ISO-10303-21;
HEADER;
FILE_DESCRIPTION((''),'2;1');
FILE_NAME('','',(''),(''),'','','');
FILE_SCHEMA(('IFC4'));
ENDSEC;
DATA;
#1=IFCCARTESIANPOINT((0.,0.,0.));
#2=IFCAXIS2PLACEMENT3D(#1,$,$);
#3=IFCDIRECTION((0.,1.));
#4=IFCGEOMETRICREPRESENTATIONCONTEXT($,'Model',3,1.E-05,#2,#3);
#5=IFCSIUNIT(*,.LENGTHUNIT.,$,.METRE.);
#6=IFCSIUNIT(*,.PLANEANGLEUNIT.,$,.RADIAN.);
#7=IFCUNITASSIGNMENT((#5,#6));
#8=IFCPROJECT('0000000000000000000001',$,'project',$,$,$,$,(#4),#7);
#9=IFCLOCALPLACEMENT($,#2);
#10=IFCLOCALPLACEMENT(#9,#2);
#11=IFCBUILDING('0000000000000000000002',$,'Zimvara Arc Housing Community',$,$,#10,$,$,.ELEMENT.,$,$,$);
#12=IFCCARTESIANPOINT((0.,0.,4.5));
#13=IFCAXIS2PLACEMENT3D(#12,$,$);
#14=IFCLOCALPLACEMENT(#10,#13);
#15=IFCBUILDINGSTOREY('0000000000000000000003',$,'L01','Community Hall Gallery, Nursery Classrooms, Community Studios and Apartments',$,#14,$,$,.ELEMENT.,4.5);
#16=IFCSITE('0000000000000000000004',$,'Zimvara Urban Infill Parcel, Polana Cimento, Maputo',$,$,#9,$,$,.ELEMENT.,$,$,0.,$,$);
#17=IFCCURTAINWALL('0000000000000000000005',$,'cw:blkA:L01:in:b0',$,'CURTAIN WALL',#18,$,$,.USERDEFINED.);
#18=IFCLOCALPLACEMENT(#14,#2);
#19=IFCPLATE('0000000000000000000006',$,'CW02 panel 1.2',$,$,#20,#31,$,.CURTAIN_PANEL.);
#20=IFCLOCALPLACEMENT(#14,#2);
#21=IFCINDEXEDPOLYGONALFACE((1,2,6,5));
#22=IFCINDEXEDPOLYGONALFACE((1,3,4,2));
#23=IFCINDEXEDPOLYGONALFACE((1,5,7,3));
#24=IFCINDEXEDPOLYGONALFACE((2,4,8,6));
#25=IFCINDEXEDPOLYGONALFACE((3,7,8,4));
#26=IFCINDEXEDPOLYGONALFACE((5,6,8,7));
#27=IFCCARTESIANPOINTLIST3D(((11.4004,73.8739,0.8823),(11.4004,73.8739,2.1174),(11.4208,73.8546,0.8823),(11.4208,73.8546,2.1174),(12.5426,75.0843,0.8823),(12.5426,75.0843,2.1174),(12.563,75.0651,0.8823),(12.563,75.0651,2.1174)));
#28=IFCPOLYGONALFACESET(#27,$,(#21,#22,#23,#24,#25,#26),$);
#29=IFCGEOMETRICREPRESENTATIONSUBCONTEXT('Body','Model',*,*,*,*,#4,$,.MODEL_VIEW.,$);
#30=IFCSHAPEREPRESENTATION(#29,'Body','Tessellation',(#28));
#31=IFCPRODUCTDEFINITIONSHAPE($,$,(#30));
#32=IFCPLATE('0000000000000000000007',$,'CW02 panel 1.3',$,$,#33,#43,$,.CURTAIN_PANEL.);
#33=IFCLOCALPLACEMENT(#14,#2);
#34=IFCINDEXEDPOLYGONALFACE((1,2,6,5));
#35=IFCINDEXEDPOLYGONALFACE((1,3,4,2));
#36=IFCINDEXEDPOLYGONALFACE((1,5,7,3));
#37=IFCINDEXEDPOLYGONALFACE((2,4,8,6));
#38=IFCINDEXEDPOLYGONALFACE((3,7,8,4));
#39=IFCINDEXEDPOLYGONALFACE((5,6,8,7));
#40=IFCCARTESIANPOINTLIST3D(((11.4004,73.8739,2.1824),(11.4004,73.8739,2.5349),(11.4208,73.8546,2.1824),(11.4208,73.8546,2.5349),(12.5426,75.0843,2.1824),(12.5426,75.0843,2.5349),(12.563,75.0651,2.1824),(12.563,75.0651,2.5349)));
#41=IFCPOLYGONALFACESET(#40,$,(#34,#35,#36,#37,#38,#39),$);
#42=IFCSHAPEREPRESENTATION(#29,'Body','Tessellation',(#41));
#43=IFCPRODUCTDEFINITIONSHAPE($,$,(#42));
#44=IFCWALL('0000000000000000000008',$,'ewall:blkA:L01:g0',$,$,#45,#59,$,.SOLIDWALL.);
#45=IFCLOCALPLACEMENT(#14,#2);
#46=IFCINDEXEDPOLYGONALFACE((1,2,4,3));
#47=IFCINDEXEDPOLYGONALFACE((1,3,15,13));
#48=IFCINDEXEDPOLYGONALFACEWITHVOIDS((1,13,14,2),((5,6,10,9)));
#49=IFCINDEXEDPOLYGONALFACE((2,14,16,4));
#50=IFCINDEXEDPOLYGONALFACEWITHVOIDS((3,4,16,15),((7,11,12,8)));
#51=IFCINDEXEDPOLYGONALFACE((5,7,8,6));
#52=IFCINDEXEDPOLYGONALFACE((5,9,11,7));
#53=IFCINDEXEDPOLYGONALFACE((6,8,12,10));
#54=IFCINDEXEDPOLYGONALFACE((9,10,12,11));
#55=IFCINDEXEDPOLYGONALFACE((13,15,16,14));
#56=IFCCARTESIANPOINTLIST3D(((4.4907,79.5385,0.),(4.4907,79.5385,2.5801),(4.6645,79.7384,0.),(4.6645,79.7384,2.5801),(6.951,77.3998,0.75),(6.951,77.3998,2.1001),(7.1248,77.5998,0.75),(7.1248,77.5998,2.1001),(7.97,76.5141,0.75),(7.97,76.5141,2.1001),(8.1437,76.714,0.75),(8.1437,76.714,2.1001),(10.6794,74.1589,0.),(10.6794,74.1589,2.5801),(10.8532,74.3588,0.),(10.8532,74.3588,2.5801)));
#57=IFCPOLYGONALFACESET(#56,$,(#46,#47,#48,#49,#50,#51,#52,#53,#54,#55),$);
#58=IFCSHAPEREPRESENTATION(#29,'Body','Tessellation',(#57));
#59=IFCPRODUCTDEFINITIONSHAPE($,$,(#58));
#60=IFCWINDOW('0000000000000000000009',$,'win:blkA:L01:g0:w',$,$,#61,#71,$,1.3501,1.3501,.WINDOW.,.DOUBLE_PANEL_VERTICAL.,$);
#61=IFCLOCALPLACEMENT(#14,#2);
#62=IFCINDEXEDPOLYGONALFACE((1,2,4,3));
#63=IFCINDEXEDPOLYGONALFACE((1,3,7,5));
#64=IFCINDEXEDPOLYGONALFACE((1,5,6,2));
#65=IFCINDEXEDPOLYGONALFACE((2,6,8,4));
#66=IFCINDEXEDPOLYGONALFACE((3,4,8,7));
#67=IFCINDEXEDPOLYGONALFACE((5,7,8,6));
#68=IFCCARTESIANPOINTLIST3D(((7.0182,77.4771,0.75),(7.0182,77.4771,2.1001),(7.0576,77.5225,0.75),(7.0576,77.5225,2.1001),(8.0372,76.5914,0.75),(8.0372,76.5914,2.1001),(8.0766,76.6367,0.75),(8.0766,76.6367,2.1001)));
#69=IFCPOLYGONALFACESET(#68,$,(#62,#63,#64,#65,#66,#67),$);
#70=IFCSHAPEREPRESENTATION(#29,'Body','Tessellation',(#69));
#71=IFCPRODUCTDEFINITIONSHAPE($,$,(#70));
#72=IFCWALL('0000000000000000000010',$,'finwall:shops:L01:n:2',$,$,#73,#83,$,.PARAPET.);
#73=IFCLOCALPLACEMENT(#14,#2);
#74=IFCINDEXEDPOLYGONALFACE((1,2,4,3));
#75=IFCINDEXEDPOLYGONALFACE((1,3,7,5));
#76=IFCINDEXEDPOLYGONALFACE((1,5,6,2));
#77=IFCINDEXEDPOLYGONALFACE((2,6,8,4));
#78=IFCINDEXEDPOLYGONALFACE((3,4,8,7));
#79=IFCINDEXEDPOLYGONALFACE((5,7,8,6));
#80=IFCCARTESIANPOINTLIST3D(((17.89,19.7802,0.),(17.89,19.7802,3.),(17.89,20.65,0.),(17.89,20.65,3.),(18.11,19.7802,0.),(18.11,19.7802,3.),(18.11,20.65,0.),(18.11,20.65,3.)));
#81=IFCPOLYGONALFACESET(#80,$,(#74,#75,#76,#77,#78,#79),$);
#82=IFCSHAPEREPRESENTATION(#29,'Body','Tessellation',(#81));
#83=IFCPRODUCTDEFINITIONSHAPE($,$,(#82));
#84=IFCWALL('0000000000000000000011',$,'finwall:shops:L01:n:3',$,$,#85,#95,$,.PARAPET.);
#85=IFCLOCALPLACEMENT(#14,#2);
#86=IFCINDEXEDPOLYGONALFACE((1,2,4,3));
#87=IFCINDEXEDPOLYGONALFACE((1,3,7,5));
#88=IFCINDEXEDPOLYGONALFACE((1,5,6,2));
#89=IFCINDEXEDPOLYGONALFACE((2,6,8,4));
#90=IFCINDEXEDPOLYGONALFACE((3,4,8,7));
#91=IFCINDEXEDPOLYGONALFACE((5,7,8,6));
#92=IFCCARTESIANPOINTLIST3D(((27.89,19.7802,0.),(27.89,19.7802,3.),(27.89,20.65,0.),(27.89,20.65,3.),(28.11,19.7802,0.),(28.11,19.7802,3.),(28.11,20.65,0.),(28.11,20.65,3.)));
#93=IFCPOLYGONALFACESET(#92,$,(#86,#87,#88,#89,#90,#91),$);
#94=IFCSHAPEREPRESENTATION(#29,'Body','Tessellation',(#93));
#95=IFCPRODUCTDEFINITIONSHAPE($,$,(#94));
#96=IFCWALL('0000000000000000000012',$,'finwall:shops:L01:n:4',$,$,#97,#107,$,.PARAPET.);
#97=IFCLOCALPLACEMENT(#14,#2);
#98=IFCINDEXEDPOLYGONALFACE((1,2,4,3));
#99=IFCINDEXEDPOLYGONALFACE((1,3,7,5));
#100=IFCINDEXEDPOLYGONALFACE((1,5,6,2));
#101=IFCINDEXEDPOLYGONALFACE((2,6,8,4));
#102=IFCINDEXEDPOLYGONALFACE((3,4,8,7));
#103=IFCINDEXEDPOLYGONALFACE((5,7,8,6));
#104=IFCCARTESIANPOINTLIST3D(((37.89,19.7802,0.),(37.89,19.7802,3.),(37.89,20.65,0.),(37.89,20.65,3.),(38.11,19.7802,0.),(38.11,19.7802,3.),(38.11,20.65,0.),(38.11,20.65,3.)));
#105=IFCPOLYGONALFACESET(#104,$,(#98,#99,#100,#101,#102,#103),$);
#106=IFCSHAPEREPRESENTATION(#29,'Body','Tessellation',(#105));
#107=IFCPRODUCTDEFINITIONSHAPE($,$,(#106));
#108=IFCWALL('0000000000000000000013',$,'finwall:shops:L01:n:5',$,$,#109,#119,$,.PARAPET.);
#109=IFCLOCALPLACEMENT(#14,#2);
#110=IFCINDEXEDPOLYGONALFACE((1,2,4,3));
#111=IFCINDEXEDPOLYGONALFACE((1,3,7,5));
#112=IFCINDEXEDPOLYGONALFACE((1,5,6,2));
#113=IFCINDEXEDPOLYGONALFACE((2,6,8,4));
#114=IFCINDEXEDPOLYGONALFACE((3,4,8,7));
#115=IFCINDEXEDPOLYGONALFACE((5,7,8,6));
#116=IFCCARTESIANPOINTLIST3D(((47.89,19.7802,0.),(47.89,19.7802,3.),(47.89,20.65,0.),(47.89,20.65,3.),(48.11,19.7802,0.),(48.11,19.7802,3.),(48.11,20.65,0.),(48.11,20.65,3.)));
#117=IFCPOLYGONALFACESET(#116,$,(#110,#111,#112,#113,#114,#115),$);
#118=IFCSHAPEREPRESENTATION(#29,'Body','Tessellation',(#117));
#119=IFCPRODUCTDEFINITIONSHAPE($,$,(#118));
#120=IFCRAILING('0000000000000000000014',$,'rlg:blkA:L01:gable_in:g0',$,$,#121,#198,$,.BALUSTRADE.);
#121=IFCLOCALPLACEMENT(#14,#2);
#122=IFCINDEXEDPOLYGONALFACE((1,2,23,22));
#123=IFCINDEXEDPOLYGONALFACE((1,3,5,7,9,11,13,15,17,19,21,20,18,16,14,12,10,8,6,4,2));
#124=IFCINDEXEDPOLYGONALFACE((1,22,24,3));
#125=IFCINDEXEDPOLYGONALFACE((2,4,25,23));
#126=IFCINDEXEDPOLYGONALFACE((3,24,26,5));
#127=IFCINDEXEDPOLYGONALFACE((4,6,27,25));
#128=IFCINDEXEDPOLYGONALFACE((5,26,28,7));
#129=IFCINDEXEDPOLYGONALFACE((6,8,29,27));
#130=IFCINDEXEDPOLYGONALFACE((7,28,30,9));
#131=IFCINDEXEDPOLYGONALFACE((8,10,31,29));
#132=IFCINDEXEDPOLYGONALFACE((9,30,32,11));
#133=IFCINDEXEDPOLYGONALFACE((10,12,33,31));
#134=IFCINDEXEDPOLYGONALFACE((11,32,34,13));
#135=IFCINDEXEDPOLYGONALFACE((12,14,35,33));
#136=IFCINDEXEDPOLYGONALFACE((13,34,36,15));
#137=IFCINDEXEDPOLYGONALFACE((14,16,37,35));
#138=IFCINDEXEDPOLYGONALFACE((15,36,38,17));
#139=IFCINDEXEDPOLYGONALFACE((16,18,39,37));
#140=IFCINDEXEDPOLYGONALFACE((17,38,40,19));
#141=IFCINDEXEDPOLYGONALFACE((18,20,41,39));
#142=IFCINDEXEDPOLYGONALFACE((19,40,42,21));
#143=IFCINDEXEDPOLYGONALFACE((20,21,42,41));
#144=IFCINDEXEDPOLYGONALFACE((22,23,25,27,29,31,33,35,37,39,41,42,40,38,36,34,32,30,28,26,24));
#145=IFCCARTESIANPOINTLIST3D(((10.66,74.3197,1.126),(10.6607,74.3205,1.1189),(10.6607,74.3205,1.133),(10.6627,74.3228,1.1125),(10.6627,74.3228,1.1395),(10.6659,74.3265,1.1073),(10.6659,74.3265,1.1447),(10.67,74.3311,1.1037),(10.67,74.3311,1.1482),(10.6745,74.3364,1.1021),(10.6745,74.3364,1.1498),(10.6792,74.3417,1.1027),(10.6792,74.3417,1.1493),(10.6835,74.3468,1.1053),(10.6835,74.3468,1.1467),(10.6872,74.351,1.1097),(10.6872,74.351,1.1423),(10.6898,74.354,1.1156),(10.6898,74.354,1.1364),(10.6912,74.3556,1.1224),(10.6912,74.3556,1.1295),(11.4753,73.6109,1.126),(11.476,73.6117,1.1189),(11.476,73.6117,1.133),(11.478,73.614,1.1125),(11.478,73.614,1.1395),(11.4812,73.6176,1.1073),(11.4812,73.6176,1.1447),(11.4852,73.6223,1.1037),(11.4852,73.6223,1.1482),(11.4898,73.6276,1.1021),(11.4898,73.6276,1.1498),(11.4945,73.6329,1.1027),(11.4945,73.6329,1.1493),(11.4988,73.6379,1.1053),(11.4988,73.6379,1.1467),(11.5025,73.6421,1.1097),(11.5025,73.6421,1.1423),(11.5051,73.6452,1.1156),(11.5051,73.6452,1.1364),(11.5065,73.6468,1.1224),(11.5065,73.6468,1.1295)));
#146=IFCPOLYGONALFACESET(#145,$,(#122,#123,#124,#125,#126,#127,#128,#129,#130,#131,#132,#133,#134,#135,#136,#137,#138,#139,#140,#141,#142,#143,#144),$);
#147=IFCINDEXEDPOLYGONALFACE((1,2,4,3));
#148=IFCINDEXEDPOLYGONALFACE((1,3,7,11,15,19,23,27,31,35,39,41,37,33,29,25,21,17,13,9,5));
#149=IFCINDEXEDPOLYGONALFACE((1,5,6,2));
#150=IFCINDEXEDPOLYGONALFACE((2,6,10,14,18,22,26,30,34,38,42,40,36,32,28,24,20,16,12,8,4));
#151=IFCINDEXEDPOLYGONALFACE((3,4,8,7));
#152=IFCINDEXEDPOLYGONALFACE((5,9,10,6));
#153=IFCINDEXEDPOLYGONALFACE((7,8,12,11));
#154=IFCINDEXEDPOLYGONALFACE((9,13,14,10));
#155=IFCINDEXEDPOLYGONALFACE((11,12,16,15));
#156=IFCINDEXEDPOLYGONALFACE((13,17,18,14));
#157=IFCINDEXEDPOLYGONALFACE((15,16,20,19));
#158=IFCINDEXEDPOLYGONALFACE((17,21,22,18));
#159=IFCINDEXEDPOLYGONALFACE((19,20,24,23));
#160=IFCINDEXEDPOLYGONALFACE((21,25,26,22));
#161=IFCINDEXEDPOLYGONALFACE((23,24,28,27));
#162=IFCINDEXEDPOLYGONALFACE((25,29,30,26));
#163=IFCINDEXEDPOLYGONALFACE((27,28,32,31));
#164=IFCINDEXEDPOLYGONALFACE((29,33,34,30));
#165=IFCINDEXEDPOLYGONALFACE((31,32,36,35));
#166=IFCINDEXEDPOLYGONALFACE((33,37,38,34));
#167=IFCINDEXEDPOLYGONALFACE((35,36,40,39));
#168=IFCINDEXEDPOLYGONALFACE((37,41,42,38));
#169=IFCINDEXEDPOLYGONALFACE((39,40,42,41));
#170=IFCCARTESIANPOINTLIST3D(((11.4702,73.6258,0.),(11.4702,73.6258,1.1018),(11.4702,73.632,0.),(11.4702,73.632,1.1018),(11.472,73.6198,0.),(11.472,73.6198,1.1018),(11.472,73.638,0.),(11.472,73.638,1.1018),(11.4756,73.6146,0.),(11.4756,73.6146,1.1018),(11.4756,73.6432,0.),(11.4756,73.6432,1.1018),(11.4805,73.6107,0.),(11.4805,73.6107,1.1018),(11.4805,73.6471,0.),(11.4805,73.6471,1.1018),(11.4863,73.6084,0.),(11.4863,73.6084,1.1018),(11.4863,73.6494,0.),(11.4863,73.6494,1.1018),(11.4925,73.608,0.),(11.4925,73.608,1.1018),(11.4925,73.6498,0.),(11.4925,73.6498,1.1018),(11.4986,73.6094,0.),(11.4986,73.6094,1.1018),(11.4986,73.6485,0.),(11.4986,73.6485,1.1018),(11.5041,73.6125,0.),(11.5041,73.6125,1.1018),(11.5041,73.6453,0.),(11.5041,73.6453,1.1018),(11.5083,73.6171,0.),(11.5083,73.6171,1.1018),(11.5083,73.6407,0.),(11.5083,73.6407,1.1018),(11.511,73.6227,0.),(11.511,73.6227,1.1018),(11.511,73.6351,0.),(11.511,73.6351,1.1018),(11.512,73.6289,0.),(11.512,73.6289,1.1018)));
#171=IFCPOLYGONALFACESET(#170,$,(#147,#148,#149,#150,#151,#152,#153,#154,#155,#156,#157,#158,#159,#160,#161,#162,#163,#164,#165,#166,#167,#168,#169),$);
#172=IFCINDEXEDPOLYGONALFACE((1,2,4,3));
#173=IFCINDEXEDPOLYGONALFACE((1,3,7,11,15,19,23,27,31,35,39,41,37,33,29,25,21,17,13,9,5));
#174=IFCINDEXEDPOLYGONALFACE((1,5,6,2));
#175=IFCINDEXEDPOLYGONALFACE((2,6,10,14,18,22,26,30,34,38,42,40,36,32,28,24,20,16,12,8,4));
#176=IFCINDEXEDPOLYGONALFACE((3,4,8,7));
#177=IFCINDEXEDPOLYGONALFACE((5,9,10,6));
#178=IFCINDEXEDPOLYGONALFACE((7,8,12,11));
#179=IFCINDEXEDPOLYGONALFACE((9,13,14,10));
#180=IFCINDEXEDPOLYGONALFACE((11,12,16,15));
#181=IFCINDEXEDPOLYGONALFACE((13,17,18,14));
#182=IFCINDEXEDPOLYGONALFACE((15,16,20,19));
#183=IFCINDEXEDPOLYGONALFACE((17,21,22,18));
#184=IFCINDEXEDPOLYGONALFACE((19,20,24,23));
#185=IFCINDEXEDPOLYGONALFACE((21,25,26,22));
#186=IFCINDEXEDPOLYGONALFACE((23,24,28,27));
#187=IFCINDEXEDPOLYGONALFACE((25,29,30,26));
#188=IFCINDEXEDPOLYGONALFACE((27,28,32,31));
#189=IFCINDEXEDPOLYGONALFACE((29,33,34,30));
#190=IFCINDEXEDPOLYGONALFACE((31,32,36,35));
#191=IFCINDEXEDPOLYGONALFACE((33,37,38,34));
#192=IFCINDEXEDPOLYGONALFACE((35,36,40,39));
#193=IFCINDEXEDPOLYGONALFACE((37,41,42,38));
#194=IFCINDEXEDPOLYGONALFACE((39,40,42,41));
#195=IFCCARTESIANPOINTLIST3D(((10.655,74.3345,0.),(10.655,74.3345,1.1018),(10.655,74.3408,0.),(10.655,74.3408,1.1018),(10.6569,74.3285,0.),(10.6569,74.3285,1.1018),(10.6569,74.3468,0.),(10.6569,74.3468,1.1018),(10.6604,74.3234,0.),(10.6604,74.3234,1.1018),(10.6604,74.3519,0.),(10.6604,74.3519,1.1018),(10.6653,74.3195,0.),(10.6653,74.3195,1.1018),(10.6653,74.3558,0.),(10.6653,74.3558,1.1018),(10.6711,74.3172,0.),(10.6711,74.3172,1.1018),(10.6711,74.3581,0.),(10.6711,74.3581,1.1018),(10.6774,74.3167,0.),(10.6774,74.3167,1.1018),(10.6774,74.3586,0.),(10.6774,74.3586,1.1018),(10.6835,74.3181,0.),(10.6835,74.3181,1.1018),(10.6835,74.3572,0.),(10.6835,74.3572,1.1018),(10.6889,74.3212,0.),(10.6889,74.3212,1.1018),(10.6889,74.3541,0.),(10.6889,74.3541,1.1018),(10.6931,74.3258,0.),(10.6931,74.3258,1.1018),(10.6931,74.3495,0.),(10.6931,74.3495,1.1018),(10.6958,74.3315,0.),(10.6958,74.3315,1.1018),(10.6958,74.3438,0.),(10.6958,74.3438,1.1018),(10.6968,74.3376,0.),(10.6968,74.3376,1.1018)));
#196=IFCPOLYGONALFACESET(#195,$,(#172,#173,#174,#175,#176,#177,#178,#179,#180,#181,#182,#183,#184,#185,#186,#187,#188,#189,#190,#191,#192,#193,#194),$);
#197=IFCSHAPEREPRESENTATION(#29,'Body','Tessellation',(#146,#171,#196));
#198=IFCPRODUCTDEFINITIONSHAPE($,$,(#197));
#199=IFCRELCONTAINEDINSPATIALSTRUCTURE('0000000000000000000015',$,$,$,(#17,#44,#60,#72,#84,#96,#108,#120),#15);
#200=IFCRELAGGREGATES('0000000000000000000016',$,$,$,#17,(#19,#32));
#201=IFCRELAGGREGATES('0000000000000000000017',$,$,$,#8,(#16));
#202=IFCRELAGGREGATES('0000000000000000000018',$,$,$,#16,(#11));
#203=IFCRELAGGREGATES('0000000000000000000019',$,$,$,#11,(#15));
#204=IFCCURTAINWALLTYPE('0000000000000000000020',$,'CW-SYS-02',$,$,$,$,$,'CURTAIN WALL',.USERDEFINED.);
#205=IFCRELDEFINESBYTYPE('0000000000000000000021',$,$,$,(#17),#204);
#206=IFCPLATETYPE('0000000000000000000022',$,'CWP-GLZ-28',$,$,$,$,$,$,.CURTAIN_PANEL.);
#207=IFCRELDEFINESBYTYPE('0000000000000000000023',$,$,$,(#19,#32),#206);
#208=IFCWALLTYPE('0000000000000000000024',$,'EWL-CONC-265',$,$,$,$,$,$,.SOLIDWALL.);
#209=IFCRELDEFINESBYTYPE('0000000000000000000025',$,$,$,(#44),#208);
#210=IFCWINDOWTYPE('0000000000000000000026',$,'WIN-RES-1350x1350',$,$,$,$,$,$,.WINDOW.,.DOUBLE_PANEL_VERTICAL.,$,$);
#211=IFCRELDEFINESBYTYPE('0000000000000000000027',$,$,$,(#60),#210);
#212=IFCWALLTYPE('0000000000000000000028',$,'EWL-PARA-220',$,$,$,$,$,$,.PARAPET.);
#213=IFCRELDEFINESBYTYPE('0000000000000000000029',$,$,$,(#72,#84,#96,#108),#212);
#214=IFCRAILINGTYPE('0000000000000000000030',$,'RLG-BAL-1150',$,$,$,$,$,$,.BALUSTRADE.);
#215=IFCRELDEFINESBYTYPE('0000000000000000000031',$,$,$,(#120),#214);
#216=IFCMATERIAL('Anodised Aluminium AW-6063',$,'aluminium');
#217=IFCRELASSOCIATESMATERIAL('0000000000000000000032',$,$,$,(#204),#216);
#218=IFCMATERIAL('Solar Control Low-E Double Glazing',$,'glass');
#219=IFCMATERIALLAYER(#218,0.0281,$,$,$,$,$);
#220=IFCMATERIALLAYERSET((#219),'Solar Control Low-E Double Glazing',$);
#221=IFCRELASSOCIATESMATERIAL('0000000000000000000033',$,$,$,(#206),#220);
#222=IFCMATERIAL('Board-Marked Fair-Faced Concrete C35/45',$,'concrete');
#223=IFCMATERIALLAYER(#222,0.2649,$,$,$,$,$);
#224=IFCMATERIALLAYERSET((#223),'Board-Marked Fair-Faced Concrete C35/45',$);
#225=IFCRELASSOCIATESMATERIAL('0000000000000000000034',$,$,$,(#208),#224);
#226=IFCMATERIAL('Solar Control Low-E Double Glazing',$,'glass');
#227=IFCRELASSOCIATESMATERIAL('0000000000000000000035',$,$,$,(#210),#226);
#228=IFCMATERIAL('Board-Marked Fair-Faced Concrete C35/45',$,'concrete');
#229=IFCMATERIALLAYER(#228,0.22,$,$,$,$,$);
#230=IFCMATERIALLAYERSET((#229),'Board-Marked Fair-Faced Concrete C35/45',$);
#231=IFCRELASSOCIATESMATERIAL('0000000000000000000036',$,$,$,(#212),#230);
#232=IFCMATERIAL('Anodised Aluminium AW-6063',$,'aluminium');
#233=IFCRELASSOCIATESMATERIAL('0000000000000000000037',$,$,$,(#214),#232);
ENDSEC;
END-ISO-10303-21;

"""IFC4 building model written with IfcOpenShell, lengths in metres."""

from ifc_helpers import new_model, si_unit, direction, frame, frame_2d, origin, origin_2d, place, context, subcontext, project, spatial, rectangle, circle, extrude, material, layer, layer_set, type_object, element, fill, aggregate, save


model = new_model("IFC4")

# Units and contexts
model_context = context("Model", 3, precision=1e-05, world=origin(), true_north=direction((0.0, 1.0)))
body_context = subcontext(model_context, "Body", "Model", "MODEL_VIEW")
ifc_project = project(units=[si_unit("LENGTHUNIT", "METRE"), si_unit("PLANEANGLEUNIT", "RADIAN")], contexts=[model_context])

# Site, building, storey
site_placement = place(None, origin())
site = spatial("IfcSite", under=ifc_project, at=site_placement, Name="Zimvara Urban Infill Parcel, Polana Cimento, Maputo", CompositionType="ELEMENT", RefElevation=0.0)
building_placement = place(site_placement, origin())
building = spatial("IfcBuilding", under=site, at=building_placement, Name="Zimvara Arc Housing Community", CompositionType="ELEMENT")
storey_placement = place(building_placement, frame((0.0, 0.0, 4.5)))
storey = spatial("IfcBuildingStorey", under=building, at=storey_placement, Name="L01", Description="Community Hall Gallery, Nursery Classrooms, Community Studios and Apartments", CompositionType="ELEMENT", Elevation=4.5)

# Curtain wall, plates
ifc_material_1 = material(Name="Anodised Aluminium AW-6063", Category="aluminium")
curtain_wall_type = type_object("IfcCurtainWallType", Name="CW-SYS-02", ElementType="CURTAIN WALL", PredefinedType="USERDEFINED", material=ifc_material_1)
curtain_wall_placement = place(storey_placement, origin())
curtain_wall = element("IfcCurtainWall", 1, at=curtain_wall_placement, inside=storey, type_object=curtain_wall_type, Name="cw:blkA:L01:in:b0", ObjectType="CURTAIN WALL", PredefinedType="USERDEFINED")
ifc_material_2 = material(Name="Solar Control Low-E Double Glazing", Category="glass")
ifc_layer_1 = layer(ifc_material_2, 0.0281)
ifc_layer_set_1 = layer_set([ifc_layer_1], Name="Solar Control Low-E Double Glazing")
plate_type = type_object("IfcPlateType", Name="CWP-GLZ-28", PredefinedType="CURTAIN_PANEL", material=ifc_layer_set_1)
plate_1_placement = place(storey_placement, frame((11.9817, 74.4695, 0.8823), z_axis=(0.0, 0.0, 1.0), x_axis=(0.686327, 0.727293, 0.0)))
plate_1 = element("IfcPlate", 2, at=plate_1_placement, type_object=plate_type, Name="CW02 panel 1.2", PredefinedType="CURTAIN_PANEL", context=body_context, shape_type="SweptSolid", body=[
    extrude(rectangle(XDim=1.6643, YDim=0.0281, at=origin_2d()), origin(), (0.0, 0.0, 1.0), 1.2351),
])
plate_2_placement = place(storey_placement, frame((11.9817, 74.4695, 2.1824), z_axis=(0.0, 0.0, 1.0), x_axis=(0.686327, 0.727293, 0.0)))
plate_2 = element("IfcPlate", 3, at=plate_2_placement, type_object=plate_type, Name="CW02 panel 1.3", PredefinedType="CURTAIN_PANEL", context=body_context, shape_type="SweptSolid", body=[
    extrude(rectangle(XDim=1.6643, YDim=0.0281, at=origin_2d()), origin(), (0.0, 0.0, 1.0), 0.3525),
])
aggregate(curtain_wall, [plate_1, plate_2])

# Wall, opening, window
ifc_material_3 = material(Name="Board-Marked Fair-Faced Concrete C35/45", Category="concrete")
ifc_layer_2 = layer(ifc_material_3, 0.2649)
ifc_layer_set_2 = layer_set([ifc_layer_2], Name="Board-Marked Fair-Faced Concrete C35/45")
wall_type_1 = type_object("IfcWallType", Name="EWL-CONC-265", PredefinedType="SOLIDWALL", material=ifc_layer_set_2)
wall_placement = place(storey_placement, frame((10.7664, 74.2588, 0.0), z_axis=(0.0, 0.0, 1.0), x_axis=(-0.754718, 0.65605, 0.0)))
wall = element("IfcWall", 4, at=wall_placement, inside=storey, type_object=wall_type_1, Name="ewall:blkA:L01:g0", PredefinedType="SOLIDWALL", context=body_context, shape_type="SweptSolid", body=[
    extrude(rectangle(XDim=8.2, YDim=0.2649, at=frame_2d((4.1001, 0.0))), origin(), (0.0, 0.0, 1.0), 2.5801),
])
opening_placement = place(wall_placement, frame((3.5901, 0.0, 0.75)))
opening = element("IfcOpeningElement", 5, at=opening_placement, cuts=wall, PredefinedType="OPENING", context=body_context, shape_type="SweptSolid", body=[
    extrude(rectangle(XDim=1.3501, YDim=1.3501, at=frame_2d((0.675, 0.675))), frame((0.0, 0.1423, 0.0), z_axis=(0.0, -1.0, 0.0), x_axis=(1.0, 0.0, 0.0)), (0.0, 0.0, 1.0), 0.2849),
])
ifc_material_4 = material(Name="Solar Control Low-E Double Glazing", Category="glass")
window_type = type_object("IfcWindowType", Name="WIN-RES-1350x1350", PartitioningType="DOUBLE_PANEL_VERTICAL", PredefinedType="WINDOW", material=ifc_material_4)
window_placement = place(opening_placement, origin())
window = element("IfcWindow", 6, at=window_placement, inside=storey, type_object=window_type, Name="win:blkA:L01:g0:w", OverallHeight=1.3501, OverallWidth=1.3501, PartitioningType="DOUBLE_PANEL_VERTICAL", PredefinedType="WINDOW", context=body_context, shape_type="SweptSolid", body=[
    extrude(rectangle(XDim=1.3501, YDim=1.3501, at=frame_2d((0.675, 0.675))), frame((0.0, 0.03, 0.0), z_axis=(0.0, -1.0, 0.0), x_axis=(1.0, 0.0, 0.0)), (0.0, 0.0, 1.0), 0.0601),
])
fill(opening, window)

# Walls
ifc_material_5 = material(Name="Board-Marked Fair-Faced Concrete C35/45", Category="concrete")
ifc_layer_3 = layer(ifc_material_5, 0.22)
ifc_layer_set_3 = layer_set([ifc_layer_3], Name="Board-Marked Fair-Faced Concrete C35/45")
wall_type_2 = type_object("IfcWallType", Name="EWL-PARA-220", PredefinedType="PARAPET", material=ifc_layer_set_3)
for number, where, z_axis, x_axis, name in (
    (7, (18.0, 19.78, 0.0), (0.0, 0.0, 1.0), (0.0, 1.0, 0.0), "finwall:shops:L01:n:2"),
    (8, (28.0, 19.78, 0.0), (0.0, 0.0, 1.0), (0.0, 1.0, 0.0), "finwall:shops:L01:n:3"),
    (9, (38.0, 19.78, 0.0), (0.0, 0.0, 1.0), (0.0, 1.0, 0.0), "finwall:shops:L01:n:4"),
    (10, (48.0, 19.78, 0.0), (0.0, 0.0, 1.0), (0.0, 1.0, 0.0), "finwall:shops:L01:n:5"),
):
    element("IfcWall", number, at=place(storey_placement, frame(where, z_axis=z_axis, x_axis=x_axis)), inside=storey, type_object=wall_type_2, Name=name, PredefinedType="PARAPET", context=body_context, shape_type="SweptSolid", body=[
        extrude(rectangle(XDim=0.8699, YDim=0.22, at=frame_2d((0.4351, 0.0))), origin(), (0.0, 0.0, 1.0), 3.0),
    ])

# Railing
ifc_material_6 = material(Name="Anodised Aluminium AW-6063", Category="aluminium")
railing_type = type_object("IfcRailingType", Name="RLG-BAL-1150", PredefinedType="BALUSTRADE", material=ifc_material_6)
railing_placement = place(storey_placement, frame((11.491, 73.6289, 0.0)))
element("IfcRailing", 11, at=railing_placement, inside=storey, type_object=railing_type, Name="rlg:blkA:L01:gable_in:g0", PredefinedType="BALUSTRADE", context=body_context, shape_type="SweptSolid", body=[
    extrude(circle(Radius=0.0239, at=origin_2d()), frame((0.0, 0.0, 1.126), z_axis=(-0.754659, 0.656117, 0.0), x_axis=(-0.656117, -0.754659, 0.0)), (0.0, 0.0, 1.0), 1.0803),
    extrude(circle(Radius=0.021, at=origin_2d()), origin(), (0.0, 0.0, 1.0), 1.1018),
    extrude(circle(Radius=0.021, at=origin_2d()), frame((-0.8152, 0.7087, 0.0)), (0.0, 0.0, 1.0), 1.1018),
])

save(model, "model.ifc")
